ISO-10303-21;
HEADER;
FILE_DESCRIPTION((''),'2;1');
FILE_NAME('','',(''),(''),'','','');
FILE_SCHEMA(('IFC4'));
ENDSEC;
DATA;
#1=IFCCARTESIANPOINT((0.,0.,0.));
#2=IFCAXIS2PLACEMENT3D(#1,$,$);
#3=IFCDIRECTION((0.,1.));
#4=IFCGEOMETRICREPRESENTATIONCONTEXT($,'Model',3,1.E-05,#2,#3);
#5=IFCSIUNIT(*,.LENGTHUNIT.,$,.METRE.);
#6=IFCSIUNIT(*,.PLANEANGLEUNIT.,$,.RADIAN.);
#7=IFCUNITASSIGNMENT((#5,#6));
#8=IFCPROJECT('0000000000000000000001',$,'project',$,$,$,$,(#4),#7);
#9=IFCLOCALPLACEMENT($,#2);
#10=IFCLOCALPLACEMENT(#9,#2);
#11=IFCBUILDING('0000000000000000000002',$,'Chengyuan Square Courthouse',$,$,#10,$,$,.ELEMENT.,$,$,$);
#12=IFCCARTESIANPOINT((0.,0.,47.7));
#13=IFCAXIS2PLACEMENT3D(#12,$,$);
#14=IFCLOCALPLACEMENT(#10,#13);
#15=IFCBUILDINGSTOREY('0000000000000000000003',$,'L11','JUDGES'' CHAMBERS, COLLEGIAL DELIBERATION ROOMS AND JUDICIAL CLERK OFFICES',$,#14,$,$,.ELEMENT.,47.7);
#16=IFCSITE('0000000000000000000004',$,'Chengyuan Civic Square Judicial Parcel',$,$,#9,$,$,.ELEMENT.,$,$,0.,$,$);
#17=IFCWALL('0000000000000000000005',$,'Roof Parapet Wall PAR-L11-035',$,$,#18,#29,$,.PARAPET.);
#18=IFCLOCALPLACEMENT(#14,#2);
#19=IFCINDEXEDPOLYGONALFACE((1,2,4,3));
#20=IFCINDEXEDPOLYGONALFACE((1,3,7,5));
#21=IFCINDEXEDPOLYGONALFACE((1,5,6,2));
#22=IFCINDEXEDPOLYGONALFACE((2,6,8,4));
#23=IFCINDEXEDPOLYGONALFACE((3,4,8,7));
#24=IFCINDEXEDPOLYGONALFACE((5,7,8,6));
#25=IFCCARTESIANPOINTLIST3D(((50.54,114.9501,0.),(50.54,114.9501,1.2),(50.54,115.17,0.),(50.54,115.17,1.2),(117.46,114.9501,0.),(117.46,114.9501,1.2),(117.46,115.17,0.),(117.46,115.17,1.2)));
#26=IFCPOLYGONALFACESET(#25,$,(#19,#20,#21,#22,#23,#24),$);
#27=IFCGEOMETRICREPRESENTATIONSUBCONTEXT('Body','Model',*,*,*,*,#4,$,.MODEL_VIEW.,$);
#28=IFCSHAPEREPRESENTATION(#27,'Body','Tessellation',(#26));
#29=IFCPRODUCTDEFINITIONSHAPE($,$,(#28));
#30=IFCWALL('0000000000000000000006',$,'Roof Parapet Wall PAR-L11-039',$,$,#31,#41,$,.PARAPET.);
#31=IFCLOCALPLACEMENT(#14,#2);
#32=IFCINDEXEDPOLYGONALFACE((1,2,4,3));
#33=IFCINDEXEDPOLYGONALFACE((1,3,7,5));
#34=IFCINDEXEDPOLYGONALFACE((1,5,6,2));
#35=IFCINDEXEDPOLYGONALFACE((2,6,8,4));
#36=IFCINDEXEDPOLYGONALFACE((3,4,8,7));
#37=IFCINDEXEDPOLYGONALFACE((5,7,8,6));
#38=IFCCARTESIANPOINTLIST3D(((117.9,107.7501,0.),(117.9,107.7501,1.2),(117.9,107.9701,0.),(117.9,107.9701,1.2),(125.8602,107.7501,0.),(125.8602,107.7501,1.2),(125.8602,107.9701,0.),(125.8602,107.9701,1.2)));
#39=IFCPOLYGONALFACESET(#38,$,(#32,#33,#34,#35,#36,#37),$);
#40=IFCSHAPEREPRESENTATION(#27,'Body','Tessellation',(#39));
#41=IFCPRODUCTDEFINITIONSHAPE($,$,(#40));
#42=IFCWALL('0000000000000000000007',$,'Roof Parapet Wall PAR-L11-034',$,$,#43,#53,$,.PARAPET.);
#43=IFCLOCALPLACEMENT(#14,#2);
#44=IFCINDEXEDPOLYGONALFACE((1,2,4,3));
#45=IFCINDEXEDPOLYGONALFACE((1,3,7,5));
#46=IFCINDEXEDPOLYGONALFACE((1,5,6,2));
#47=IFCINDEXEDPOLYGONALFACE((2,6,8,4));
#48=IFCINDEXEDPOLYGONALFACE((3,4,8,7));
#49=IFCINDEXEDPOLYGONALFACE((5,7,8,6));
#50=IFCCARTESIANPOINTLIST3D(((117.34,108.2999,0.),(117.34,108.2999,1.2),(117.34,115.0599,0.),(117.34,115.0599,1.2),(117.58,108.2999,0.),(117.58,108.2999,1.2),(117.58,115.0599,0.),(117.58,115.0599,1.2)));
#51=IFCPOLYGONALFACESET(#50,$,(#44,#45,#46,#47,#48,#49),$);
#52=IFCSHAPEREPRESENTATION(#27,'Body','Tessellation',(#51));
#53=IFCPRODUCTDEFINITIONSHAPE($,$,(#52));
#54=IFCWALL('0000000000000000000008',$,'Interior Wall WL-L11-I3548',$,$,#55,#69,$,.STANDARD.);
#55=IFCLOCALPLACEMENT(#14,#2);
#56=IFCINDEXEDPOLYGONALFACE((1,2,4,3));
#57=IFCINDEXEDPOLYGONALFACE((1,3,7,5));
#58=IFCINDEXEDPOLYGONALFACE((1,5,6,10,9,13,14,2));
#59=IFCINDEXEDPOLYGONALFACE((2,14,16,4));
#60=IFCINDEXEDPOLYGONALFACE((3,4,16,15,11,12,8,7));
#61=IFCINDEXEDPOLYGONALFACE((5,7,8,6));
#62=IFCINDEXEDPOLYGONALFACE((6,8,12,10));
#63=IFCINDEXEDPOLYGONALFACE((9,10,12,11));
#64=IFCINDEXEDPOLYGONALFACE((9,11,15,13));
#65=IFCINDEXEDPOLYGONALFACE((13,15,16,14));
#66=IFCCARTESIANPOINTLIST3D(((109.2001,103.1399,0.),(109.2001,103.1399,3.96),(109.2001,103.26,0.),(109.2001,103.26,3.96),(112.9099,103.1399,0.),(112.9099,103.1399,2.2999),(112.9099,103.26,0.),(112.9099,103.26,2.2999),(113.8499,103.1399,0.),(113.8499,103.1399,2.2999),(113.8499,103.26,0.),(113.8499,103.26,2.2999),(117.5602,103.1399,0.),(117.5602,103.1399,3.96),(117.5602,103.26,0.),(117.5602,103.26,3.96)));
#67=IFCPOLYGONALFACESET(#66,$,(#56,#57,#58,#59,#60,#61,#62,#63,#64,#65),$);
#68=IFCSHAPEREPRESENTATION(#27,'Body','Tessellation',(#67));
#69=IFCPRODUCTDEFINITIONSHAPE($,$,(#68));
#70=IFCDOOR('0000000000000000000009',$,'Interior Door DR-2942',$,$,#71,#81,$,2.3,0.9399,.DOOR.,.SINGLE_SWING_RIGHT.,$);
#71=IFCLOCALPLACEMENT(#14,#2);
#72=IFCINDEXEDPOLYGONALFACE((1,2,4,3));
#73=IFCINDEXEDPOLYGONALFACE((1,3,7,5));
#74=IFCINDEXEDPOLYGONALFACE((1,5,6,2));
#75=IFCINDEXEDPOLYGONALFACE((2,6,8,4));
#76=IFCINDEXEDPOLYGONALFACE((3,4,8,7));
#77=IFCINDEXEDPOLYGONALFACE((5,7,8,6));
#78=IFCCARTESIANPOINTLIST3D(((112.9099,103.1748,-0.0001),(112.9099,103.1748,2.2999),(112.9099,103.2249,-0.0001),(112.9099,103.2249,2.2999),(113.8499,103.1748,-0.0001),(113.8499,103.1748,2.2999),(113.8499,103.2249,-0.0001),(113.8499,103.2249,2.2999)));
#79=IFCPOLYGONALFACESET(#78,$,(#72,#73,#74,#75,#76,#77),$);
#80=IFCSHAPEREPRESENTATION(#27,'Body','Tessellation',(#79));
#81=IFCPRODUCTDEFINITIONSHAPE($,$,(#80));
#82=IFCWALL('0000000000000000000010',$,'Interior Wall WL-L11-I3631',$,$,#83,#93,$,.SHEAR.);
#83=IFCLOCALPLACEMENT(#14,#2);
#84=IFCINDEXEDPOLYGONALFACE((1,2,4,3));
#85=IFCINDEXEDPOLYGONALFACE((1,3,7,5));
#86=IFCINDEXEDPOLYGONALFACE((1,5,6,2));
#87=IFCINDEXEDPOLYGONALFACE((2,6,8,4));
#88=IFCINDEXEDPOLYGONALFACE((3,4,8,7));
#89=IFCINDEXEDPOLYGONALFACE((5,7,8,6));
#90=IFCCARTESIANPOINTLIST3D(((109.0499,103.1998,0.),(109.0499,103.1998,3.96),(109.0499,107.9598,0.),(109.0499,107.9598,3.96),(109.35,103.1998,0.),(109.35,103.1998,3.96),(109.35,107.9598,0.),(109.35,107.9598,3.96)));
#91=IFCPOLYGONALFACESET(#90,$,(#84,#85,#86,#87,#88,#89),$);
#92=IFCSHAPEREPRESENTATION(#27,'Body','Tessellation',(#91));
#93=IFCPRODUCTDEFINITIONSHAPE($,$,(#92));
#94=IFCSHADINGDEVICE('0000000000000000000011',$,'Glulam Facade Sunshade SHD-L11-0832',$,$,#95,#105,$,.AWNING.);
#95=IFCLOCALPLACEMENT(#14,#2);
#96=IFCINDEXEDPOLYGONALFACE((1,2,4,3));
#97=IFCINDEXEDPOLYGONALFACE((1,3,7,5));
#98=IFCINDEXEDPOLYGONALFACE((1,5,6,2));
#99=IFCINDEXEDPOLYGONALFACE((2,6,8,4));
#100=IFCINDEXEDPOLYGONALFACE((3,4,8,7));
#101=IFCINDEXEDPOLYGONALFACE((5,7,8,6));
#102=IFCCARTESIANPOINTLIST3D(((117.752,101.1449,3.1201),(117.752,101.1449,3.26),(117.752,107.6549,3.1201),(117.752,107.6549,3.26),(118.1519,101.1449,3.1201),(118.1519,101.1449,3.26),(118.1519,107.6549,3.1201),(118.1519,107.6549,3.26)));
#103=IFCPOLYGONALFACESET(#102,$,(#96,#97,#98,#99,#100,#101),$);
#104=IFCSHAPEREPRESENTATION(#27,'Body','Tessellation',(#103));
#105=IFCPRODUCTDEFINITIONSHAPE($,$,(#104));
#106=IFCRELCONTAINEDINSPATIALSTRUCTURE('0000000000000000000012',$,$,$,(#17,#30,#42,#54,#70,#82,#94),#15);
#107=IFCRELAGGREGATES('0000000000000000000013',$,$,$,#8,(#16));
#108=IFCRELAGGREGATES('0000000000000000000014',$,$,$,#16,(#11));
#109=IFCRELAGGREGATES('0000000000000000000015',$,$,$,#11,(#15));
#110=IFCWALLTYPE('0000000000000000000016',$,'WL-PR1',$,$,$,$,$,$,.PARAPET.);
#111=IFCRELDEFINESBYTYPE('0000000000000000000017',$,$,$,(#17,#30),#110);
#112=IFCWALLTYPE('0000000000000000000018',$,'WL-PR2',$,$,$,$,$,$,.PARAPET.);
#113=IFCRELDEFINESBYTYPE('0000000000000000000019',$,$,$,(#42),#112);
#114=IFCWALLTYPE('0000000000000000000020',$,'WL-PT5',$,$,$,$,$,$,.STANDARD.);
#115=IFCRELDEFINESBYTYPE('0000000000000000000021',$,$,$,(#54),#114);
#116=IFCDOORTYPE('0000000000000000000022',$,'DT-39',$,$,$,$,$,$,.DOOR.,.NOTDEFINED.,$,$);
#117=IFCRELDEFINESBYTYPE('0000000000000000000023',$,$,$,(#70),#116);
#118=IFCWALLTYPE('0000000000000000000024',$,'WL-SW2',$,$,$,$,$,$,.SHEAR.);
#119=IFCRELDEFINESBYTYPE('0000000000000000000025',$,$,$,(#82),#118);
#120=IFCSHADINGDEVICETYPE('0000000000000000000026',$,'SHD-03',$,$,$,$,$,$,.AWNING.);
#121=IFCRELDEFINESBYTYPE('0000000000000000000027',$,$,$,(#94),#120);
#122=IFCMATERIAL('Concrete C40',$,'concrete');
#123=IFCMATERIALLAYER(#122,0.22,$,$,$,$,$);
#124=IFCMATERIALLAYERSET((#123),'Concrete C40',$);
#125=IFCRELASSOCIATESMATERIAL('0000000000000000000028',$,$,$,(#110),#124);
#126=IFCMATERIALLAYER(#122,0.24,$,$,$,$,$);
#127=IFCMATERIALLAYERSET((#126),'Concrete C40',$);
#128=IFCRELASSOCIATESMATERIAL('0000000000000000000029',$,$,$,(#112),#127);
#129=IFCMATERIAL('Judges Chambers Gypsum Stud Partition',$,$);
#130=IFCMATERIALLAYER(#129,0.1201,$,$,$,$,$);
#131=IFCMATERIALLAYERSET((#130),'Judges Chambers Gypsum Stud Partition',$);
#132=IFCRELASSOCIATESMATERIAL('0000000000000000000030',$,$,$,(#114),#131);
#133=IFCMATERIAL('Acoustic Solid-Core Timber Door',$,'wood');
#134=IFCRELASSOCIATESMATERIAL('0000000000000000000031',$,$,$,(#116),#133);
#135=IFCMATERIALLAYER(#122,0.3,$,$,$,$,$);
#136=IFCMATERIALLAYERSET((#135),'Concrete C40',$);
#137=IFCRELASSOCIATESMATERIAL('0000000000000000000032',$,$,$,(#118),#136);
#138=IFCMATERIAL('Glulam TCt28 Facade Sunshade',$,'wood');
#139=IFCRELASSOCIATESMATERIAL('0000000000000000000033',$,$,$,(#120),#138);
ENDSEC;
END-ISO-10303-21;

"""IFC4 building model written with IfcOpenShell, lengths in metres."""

from ifc_helpers import new_model, si_unit, direction, frame, frame_2d, origin, origin_2d, place, context, subcontext, project, spatial, rectangle, extrude, material, layer, layer_set, type_object, element, fill, save


model = new_model("IFC4")

# Units and contexts
model_context = context("Model", 3, precision=1e-05, world=origin(), true_north=direction((0.0, 1.0)))
body_context = subcontext(model_context, "Body", "Model", "MODEL_VIEW")
ifc_project = project(units=[si_unit("LENGTHUNIT", "METRE"), si_unit("PLANEANGLEUNIT", "RADIAN")], contexts=[model_context])

# Site, building, storey
site_placement = place(None, origin())
site = spatial("IfcSite", under=ifc_project, at=site_placement, Name="Chengyuan Civic Square Judicial Parcel", CompositionType="ELEMENT", RefElevation=0.0)
building_placement = place(site_placement, origin())
building = spatial("IfcBuilding", under=site, at=building_placement, Name="Chengyuan Square Courthouse", CompositionType="ELEMENT")
storey_placement = place(building_placement, frame((0.0, 0.0, 47.7)))
storey = spatial("IfcBuildingStorey", under=building, at=storey_placement, Name="L11", Description="JUDGES' CHAMBERS, COLLEGIAL DELIBERATION ROOMS AND JUDICIAL CLERK OFFICES", CompositionType="ELEMENT", Elevation=47.7)

# Shared definitions
ifc_material_1 = material(Name="Concrete C40", Category="concrete")

# Walls
ifc_layer_1 = layer(ifc_material_1, 0.22)
ifc_layer_set_1 = layer_set([ifc_layer_1], Name="Concrete C40")
wall_type_1 = type_object("IfcWallType", Name="WL-PR1", PredefinedType="PARAPET", material=ifc_layer_set_1)
wall_1_placement = place(storey_placement, frame((117.46, 115.0601, 0.0), z_axis=(0.0, 0.0, 1.0), x_axis=(-1.0, 0.0, 0.0)))
element("IfcWall", 1, at=wall_1_placement, inside=storey, type_object=wall_type_1, Name="Roof Parapet Wall PAR-L11-035", PredefinedType="PARAPET", context=body_context, shape_type="SweptSolid", body=[
    extrude(rectangle(XDim=66.9199, YDim=0.22, at=frame_2d((33.46, 0.0))), origin(), (0.0, 0.0, 1.0), 1.2),
])
wall_2_placement = place(storey_placement, frame((125.8601, 107.8601, 0.0), z_axis=(0.0, 0.0, 1.0), x_axis=(-1.0, 0.0, 0.0)))
element("IfcWall", 2, at=wall_2_placement, inside=storey, type_object=wall_type_1, Name="Roof Parapet Wall PAR-L11-039", PredefinedType="PARAPET", context=body_context, shape_type="SweptSolid", body=[
    extrude(rectangle(XDim=7.9602, YDim=0.22, at=frame_2d((3.98, 0.0))), origin(), (0.0, 0.0, 1.0), 1.2),
])
ifc_layer_2 = layer(ifc_material_1, 0.24)
ifc_layer_set_2 = layer_set([ifc_layer_2], Name="Concrete C40")
wall_type_2 = type_object("IfcWallType", Name="WL-PR2", PredefinedType="PARAPET", material=ifc_layer_set_2)
wall_3_placement = place(storey_placement, frame((117.46, 108.3, 0.0), z_axis=(0.0, 0.0, 1.0), x_axis=(0.0, 1.0, 0.0)))
element("IfcWall", 3, at=wall_3_placement, inside=storey, type_object=wall_type_2, Name="Roof Parapet Wall PAR-L11-034", PredefinedType="PARAPET", context=body_context, shape_type="SweptSolid", body=[
    extrude(rectangle(XDim=6.76, YDim=0.24, at=frame_2d((3.3799, 0.0))), origin(), (0.0, 0.0, 1.0), 1.2),
])

# Wall, opening, door
ifc_material_2 = material(Name="Judges Chambers Gypsum Stud Partition")
ifc_layer_3 = layer(ifc_material_2, 0.1201)
ifc_layer_set_3 = layer_set([ifc_layer_3], Name="Judges Chambers Gypsum Stud Partition")
wall_type_3 = type_object("IfcWallType", Name="WL-PT5", PredefinedType="STANDARD", material=ifc_layer_set_3)
wall_4_placement = place(storey_placement, frame((109.2, 103.2, 0.0), z_axis=(0.0, 0.0, 1.0), x_axis=(1.0, 0.0, 0.0)))
wall_4 = element("IfcWall", 4, at=wall_4_placement, inside=storey, type_object=wall_type_3, Name="Interior Wall WL-L11-I3548", PredefinedType="STANDARD", context=body_context, shape_type="SweptSolid", body=[
    extrude(rectangle(XDim=8.3601, YDim=0.1201, at=frame_2d((4.1802, 0.0))), origin(), (0.0, 0.0, 1.0), 3.96),
])
opening_1_placement = place(wall_4_placement, frame((3.71, 0.0, 0.0)))
opening_1 = element("IfcOpeningElement", 5, at=opening_1_placement, cuts=wall_4, PredefinedType="OPENING", context=body_context, shape_type="SweptSolid", body=[
    extrude(rectangle(XDim=0.9399, YDim=2.3, at=frame_2d((0.47, 1.1499))), frame((0.0, 0.072, 0.0), z_axis=(0.0, -1.0, 0.0), x_axis=(1.0, 0.0, 0.0)), (0.0, 0.0, 1.0), 0.144),
])
ifc_material_3 = material(Name="Acoustic Solid-Core Timber Door", Category="wood")
door_type = type_object("IfcDoorType", Name="DT-39", OperationType="NOTDEFINED", PredefinedType="DOOR", material=ifc_material_3)
door_placement = place(opening_1_placement, origin())
door = element("IfcDoor", 6, at=door_placement, inside=storey, type_object=door_type, Name="Interior Door DR-2942", OperationType="SINGLE_SWING_RIGHT", OverallHeight=2.3, OverallWidth=0.9399, PredefinedType="DOOR", context=body_context, shape_type="SweptSolid", body=[
    extrude(rectangle(XDim=0.9399, YDim=2.3, at=frame_2d((0.47, 1.1499))), frame((0.0, 0.0249, 0.0), z_axis=(0.0, -1.0, 0.0), x_axis=(1.0, 0.0, 0.0)), (0.0, 0.0, 1.0), 0.05),
])
fill(opening_1, door)

# Wall
ifc_layer_4 = layer(ifc_material_1, 0.3)
ifc_layer_set_4 = layer_set([ifc_layer_4], Name="Concrete C40")
wall_type_4 = type_object("IfcWallType", Name="WL-SW2", PredefinedType="SHEAR", material=ifc_layer_set_4)
wall_5_placement = place(storey_placement, frame((109.2, 103.2, 0.0), z_axis=(0.0, 0.0, 1.0), x_axis=(0.0, 1.0, 0.0)))
element("IfcWall", 7, at=wall_5_placement, inside=storey, type_object=wall_type_4, Name="Interior Wall WL-L11-I3631", PredefinedType="SHEAR", context=body_context, shape_type="SweptSolid", body=[
    extrude(rectangle(XDim=4.76, YDim=0.3, at=frame_2d((2.3799, 0.0))), origin(), (0.0, 0.0, 1.0), 3.96),
])

# Shading device
ifc_material_4 = material(Name="Glulam TCt28 Facade Sunshade", Category="wood")
shading_device_type = type_object("IfcShadingDeviceType", Name="SHD-03", PredefinedType="AWNING", material=ifc_material_4)
shading_device_placement = place(storey_placement, frame((117.9519, 104.3999, 3.1201), z_axis=(0.0, 0.0, 1.0), x_axis=(0.0, 1.0, 0.0)))
element("IfcShadingDevice", 8, at=shading_device_placement, inside=storey, type_object=shading_device_type, Name="Glulam Facade Sunshade SHD-L11-0832", PredefinedType="AWNING", context=body_context, shape_type="SweptSolid", body=[
    extrude(rectangle(XDim=6.51, YDim=0.3999, at=origin_2d()), origin(), (0.0, 0.0, 1.0), 0.1399),
])

save(model, "model.ifc")
